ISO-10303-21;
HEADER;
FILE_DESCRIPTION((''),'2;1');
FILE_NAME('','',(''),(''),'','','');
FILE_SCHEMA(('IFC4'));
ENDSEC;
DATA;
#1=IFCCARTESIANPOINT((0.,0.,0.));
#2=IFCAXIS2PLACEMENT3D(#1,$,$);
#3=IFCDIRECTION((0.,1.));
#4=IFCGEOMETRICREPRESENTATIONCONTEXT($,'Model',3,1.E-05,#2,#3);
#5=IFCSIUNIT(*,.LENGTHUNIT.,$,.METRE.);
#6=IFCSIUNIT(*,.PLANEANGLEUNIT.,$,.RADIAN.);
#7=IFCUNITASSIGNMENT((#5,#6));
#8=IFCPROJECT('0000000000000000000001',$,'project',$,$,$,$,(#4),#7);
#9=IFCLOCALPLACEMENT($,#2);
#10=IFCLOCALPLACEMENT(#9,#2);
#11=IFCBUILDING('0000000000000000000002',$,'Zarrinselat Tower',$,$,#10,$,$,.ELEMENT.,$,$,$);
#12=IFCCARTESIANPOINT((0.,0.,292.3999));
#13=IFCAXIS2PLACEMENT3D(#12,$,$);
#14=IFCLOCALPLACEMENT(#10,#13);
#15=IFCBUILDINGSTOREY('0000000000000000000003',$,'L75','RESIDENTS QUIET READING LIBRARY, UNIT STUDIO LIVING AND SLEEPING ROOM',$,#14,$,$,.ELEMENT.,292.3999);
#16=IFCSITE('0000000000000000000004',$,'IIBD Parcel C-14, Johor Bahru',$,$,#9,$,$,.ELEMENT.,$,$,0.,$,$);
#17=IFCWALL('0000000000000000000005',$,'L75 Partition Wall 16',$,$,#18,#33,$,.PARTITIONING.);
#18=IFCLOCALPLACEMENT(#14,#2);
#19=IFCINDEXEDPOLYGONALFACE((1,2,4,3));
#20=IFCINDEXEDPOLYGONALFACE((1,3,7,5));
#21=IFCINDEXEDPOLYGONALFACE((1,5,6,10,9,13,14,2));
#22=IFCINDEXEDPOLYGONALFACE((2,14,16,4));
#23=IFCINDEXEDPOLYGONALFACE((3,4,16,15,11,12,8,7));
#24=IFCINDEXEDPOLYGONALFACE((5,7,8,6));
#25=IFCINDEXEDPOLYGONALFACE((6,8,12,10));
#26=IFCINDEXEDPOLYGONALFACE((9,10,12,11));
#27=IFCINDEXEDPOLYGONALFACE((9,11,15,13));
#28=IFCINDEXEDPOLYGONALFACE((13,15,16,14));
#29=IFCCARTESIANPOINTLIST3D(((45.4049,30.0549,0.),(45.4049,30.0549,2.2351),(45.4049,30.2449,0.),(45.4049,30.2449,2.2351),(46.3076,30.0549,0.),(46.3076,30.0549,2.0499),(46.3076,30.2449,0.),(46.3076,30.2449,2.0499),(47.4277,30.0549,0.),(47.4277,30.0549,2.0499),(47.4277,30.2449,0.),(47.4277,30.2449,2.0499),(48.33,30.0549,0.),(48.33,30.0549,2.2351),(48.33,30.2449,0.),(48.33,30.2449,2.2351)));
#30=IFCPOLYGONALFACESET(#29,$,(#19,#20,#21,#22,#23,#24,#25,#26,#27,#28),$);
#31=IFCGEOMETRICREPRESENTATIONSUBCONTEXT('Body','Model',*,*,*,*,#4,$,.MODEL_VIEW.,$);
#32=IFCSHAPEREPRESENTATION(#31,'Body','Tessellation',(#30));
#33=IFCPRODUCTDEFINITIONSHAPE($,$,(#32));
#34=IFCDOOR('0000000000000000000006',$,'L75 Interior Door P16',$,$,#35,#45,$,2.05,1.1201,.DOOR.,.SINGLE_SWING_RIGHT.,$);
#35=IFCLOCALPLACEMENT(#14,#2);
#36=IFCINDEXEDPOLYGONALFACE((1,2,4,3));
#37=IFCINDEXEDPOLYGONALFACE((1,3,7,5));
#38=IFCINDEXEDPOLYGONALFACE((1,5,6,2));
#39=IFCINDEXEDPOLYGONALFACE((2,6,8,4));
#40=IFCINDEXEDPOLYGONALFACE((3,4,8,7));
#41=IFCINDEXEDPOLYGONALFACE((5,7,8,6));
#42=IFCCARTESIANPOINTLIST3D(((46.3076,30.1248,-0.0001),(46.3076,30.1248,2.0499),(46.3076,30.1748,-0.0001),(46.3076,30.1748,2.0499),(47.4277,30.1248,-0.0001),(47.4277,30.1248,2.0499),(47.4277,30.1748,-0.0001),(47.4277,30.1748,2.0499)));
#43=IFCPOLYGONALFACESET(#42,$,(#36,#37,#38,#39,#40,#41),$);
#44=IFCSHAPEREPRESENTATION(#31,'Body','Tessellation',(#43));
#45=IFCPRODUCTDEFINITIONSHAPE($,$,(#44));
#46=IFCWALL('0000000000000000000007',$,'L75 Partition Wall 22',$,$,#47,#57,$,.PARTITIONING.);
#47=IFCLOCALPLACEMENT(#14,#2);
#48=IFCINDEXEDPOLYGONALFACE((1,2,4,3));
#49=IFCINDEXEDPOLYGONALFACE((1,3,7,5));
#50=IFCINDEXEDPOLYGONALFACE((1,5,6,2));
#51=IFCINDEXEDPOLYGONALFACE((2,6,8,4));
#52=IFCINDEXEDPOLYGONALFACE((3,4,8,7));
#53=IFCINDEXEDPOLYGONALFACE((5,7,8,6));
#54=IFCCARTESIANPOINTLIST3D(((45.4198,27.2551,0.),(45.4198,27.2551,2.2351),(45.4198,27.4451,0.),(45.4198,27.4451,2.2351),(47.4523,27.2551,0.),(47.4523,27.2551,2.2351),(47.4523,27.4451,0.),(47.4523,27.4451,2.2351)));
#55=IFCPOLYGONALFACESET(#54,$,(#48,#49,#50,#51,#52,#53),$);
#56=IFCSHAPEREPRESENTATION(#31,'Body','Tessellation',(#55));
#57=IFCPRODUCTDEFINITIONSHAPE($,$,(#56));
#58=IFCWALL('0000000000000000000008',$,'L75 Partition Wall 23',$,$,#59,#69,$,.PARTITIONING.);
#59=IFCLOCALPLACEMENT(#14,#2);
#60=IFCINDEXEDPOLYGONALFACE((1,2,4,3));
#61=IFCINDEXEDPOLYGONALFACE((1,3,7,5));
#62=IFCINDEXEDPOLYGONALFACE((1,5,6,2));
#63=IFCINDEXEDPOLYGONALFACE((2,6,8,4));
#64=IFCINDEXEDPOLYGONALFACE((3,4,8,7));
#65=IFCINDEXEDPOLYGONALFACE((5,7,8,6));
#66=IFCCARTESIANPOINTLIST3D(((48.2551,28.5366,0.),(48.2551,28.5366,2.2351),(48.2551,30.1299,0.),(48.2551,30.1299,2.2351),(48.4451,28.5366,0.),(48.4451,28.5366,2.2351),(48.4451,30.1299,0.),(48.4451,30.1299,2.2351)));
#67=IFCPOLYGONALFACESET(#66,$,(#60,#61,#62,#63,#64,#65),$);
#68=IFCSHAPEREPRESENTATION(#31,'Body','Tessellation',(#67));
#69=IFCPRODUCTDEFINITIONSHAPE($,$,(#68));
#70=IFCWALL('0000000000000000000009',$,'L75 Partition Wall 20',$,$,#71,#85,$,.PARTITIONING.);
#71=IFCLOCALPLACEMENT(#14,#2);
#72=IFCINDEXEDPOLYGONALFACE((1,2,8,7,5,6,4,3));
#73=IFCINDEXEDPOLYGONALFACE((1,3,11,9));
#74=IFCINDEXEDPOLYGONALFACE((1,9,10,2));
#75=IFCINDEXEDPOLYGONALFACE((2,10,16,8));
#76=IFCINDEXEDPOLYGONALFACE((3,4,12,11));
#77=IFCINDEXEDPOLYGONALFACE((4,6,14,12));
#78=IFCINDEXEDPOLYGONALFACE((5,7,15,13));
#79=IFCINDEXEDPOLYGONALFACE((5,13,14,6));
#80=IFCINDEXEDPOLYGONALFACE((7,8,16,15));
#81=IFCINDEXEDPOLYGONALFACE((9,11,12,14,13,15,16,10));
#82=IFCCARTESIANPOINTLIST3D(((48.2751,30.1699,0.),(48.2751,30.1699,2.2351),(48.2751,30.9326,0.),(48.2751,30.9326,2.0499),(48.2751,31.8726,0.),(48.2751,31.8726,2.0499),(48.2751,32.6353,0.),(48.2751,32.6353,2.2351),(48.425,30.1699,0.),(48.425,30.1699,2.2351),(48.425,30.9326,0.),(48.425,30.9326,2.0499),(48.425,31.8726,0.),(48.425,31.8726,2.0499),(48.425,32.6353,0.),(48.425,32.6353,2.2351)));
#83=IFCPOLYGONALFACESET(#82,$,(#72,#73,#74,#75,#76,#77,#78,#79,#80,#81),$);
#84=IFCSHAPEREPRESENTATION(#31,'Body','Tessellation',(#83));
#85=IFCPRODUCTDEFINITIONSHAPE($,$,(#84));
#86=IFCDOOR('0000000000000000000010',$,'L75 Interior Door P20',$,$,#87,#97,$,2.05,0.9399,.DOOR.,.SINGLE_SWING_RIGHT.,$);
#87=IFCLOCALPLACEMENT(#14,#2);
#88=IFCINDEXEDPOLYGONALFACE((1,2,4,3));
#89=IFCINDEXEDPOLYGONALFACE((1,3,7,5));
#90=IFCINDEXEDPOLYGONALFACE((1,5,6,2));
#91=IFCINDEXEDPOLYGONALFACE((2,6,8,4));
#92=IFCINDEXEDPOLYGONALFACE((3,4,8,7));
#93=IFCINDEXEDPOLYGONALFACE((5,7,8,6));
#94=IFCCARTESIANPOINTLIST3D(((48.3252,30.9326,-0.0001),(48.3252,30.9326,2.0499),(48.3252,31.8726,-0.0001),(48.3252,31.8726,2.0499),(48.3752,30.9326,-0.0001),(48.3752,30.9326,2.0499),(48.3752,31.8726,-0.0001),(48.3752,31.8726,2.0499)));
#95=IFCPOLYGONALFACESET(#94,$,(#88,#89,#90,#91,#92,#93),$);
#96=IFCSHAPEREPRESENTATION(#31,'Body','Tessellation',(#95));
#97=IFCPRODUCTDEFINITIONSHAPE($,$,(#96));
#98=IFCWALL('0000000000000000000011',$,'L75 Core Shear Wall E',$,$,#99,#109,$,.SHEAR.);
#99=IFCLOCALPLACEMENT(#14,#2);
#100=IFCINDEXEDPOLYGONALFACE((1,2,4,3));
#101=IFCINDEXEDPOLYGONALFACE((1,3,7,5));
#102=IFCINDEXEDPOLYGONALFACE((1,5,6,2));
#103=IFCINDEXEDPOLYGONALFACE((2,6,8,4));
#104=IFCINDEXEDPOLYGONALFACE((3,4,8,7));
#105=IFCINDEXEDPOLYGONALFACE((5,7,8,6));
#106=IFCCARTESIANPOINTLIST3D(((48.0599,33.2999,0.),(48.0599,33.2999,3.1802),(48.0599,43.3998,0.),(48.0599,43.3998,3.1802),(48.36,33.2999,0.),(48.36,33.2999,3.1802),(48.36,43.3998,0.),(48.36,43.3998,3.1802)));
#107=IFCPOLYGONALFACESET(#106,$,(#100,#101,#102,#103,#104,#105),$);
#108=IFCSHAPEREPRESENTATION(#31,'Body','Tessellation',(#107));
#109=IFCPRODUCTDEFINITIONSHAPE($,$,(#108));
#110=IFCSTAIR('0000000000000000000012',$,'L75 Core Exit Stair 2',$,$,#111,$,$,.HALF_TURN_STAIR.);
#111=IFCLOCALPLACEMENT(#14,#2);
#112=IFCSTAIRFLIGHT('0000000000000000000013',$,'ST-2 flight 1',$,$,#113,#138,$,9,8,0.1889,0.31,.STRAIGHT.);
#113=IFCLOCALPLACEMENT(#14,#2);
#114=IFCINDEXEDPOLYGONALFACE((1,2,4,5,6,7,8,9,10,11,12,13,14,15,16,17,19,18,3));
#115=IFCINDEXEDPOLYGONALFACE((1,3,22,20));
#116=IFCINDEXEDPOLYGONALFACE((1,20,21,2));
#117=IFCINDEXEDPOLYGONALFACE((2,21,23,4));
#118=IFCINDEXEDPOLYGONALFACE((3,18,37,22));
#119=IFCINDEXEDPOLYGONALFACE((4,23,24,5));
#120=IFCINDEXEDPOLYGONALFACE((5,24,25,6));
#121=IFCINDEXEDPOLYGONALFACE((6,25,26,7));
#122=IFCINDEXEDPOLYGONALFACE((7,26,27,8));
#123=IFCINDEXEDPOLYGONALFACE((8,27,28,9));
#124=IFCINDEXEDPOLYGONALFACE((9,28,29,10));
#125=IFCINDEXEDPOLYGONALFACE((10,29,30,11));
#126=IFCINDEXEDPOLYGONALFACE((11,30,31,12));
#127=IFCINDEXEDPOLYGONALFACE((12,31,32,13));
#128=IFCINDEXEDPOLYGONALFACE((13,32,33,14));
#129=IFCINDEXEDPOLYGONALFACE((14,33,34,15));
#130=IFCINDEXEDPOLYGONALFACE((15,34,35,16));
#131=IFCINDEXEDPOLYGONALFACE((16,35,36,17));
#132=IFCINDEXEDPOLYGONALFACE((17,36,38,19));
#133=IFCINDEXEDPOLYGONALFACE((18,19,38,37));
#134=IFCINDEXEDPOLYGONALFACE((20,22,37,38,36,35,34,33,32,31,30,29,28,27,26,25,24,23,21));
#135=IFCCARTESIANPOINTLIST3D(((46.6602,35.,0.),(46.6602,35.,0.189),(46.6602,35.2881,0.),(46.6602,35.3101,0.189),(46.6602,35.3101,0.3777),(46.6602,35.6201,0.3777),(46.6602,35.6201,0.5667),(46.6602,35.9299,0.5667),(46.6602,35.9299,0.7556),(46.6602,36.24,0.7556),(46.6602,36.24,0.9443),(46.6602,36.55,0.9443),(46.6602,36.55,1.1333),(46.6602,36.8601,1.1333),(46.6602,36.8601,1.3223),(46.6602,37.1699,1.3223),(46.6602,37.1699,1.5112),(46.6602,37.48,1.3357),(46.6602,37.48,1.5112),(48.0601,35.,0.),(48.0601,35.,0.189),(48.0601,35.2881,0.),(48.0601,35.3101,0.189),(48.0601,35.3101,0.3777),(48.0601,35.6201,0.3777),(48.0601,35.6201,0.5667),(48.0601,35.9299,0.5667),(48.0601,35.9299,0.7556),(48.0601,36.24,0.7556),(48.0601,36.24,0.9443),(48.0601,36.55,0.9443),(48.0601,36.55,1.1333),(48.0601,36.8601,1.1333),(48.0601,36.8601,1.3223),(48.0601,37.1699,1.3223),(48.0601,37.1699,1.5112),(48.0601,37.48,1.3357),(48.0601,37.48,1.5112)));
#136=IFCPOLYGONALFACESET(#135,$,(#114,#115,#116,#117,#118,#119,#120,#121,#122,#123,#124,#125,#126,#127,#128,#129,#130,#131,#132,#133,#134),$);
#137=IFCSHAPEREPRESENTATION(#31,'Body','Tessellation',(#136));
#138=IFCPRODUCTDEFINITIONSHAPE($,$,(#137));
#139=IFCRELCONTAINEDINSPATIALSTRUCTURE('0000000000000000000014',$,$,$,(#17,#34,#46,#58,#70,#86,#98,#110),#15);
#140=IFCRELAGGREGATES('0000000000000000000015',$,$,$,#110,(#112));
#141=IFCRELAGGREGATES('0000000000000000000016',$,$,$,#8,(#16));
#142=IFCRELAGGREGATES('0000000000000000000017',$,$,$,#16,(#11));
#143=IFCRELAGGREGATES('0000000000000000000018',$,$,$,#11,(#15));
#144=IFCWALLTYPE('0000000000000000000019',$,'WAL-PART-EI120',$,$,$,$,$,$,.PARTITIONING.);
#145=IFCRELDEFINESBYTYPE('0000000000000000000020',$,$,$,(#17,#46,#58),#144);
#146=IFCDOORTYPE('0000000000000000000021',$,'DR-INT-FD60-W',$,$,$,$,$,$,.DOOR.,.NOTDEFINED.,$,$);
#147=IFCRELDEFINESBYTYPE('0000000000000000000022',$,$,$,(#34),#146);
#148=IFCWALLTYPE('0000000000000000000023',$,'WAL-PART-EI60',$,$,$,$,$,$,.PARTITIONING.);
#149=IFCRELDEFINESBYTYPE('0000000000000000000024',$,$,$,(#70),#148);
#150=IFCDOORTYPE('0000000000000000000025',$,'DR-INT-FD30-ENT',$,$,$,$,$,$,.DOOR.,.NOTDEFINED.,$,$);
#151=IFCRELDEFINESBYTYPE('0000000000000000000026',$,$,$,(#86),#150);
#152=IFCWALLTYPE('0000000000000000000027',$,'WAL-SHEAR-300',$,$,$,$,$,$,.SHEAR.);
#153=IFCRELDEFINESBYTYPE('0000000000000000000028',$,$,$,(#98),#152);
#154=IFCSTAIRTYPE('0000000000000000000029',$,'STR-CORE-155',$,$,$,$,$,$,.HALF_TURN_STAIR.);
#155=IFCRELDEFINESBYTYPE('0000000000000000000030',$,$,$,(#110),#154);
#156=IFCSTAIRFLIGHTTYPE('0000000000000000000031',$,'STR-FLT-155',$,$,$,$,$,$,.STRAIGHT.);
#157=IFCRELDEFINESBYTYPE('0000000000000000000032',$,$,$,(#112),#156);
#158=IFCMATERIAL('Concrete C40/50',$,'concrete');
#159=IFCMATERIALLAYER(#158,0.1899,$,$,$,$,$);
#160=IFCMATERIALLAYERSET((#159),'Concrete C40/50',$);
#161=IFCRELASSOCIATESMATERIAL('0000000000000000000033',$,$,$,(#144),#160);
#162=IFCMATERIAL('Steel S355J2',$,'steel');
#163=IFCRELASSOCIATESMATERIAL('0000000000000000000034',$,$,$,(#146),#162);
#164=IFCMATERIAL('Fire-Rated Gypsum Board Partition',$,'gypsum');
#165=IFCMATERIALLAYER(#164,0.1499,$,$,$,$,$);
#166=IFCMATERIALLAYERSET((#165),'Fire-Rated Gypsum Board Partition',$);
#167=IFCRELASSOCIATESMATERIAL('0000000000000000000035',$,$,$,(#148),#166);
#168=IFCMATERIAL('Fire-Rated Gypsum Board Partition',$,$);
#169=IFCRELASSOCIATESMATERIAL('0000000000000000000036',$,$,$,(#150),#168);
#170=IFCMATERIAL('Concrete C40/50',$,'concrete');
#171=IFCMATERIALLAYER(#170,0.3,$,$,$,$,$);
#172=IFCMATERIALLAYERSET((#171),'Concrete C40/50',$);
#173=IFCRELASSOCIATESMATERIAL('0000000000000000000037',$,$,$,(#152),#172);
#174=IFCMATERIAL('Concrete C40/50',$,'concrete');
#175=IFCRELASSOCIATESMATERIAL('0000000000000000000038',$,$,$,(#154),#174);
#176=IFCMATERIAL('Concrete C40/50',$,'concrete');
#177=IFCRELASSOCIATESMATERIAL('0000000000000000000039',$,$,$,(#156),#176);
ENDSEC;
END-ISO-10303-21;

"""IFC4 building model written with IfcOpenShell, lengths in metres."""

from ifc_helpers import new_model, si_unit, direction, frame, frame_2d, origin, place, context, subcontext, project, spatial, polyline, rectangle, outline, extrude, material, layer, layer_set, type_object, element, fill, aggregate, save


model = new_model("IFC4")

# Units and contexts
model_context = context("Model", 3, precision=1e-05, world=origin(), true_north=direction((0.0, 1.0)))
body_context = subcontext(model_context, "Body", "Model", "MODEL_VIEW")
ifc_project = project(units=[si_unit("LENGTHUNIT", "METRE"), si_unit("PLANEANGLEUNIT", "RADIAN")], contexts=[model_context])

# Site, building, storey
site_placement = place(None, origin())
site = spatial("IfcSite", under=ifc_project, at=site_placement, Name="IIBD Parcel C-14, Johor Bahru", CompositionType="ELEMENT", RefElevation=0.0)
building_placement = place(site_placement, origin())
building = spatial("IfcBuilding", under=site, at=building_placement, Name="Zarrinselat Tower", CompositionType="ELEMENT")
storey_placement = place(building_placement, frame((0.0, 0.0, 292.3999)))
storey = spatial("IfcBuildingStorey", under=building, at=storey_placement, Name="L75", Description="RESIDENTS QUIET READING LIBRARY, UNIT STUDIO LIVING AND SLEEPING ROOM", CompositionType="ELEMENT", Elevation=292.3999)

# Wall, opening, door
ifc_material_1 = material(Name="Concrete C40/50", Category="concrete")
ifc_layer_1 = layer(ifc_material_1, 0.1899)
ifc_layer_set_1 = layer_set([ifc_layer_1], Name="Concrete C40/50")
wall_type_1 = type_object("IfcWallType", Name="WAL-PART-EI120", PredefinedType="PARTITIONING", material=ifc_layer_set_1)
wall_1_placement = place(storey_placement, frame((45.405, 30.1499, 0.0), z_axis=(0.0, 0.0, 1.0), x_axis=(1.0, 0.0, 0.0)))
wall_1 = element("IfcWall", 1, at=wall_1_placement, inside=storey, type_object=wall_type_1, Name="L75 Partition Wall 16", PredefinedType="PARTITIONING", context=body_context, shape_type="SweptSolid", body=[
    extrude(rectangle(XDim=2.925, YDim=0.1899, at=frame_2d((1.4624, 0.0))), origin(), (0.0, 0.0, 1.0), 2.2351),
])
opening_1_placement = place(wall_1_placement, frame((0.9026, 0.0, 0.0)))
opening_1 = element("IfcOpeningElement", 2, at=opening_1_placement, cuts=wall_1, PredefinedType="OPENING", context=body_context, shape_type="SweptSolid", body=[
    extrude(rectangle(XDim=1.1201, YDim=2.05, at=frame_2d((0.5601, 1.0249))), frame((0.0, 0.105, 0.0), z_axis=(0.0, -1.0, 0.0), x_axis=(1.0, 0.0, 0.0)), (0.0, 0.0, 1.0), 0.21),
])
ifc_material_2 = material(Name="Steel S355J2", Category="steel")
door_type_1 = type_object("IfcDoorType", Name="DR-INT-FD60-W", OperationType="NOTDEFINED", PredefinedType="DOOR", material=ifc_material_2)
door_1_placement = place(opening_1_placement, origin())
door_1 = element("IfcDoor", 3, at=door_1_placement, inside=storey, type_object=door_type_1, Name="L75 Interior Door P16", OperationType="SINGLE_SWING_RIGHT", OverallHeight=2.05, OverallWidth=1.1201, PredefinedType="DOOR", context=body_context, shape_type="SweptSolid", body=[
    extrude(rectangle(XDim=1.1201, YDim=2.05, at=frame_2d((0.5601, 1.0249))), frame((0.0, 0.0249, 0.0), z_axis=(0.0, -1.0, 0.0), x_axis=(1.0, 0.0, 0.0)), (0.0, 0.0, 1.0), 0.05),
])
fill(opening_1, door_1)

# Walls
wall_2_placement = place(storey_placement, frame((45.4199, 27.3501, 0.0), z_axis=(0.0, 0.0, 1.0), x_axis=(1.0, 0.0, 0.0)))
element("IfcWall", 4, at=wall_2_placement, inside=storey, type_object=wall_type_1, Name="L75 Partition Wall 22", PredefinedType="PARTITIONING", context=body_context, shape_type="SweptSolid", body=[
    extrude(rectangle(XDim=2.0325, YDim=0.1899, at=frame_2d((1.0161, 0.0))), origin(), (0.0, 0.0, 1.0), 2.2351),
])
wall_3_placement = place(storey_placement, frame((48.3501, 28.5366, 0.0), z_axis=(0.0, 0.0, 1.0), x_axis=(0.0, 1.0, 0.0)))
element("IfcWall", 5, at=wall_3_placement, inside=storey, type_object=wall_type_1, Name="L75 Partition Wall 23", PredefinedType="PARTITIONING", context=body_context, shape_type="SweptSolid", body=[
    extrude(rectangle(XDim=1.5933, YDim=0.1899, at=frame_2d((0.7966, 0.0))), origin(), (0.0, 0.0, 1.0), 2.2351),
])

# Wall, opening, door
ifc_material_3 = material(Name="Fire-Rated Gypsum Board Partition", Category="gypsum")
ifc_layer_2 = layer(ifc_material_3, 0.1499)
ifc_layer_set_2 = layer_set([ifc_layer_2], Name="Fire-Rated Gypsum Board Partition")
wall_type_2 = type_object("IfcWallType", Name="WAL-PART-EI60", PredefinedType="PARTITIONING", material=ifc_layer_set_2)
wall_4_placement = place(storey_placement, frame((48.3501, 30.1699, 0.0), z_axis=(0.0, 0.0, 1.0), x_axis=(0.0, 1.0, 0.0)))
wall_4 = element("IfcWall", 6, at=wall_4_placement, inside=storey, type_object=wall_type_2, Name="L75 Partition Wall 20", PredefinedType="PARTITIONING", context=body_context, shape_type="SweptSolid", body=[
    extrude(rectangle(XDim=2.4653, YDim=0.1499, at=frame_2d((1.2327, 0.0))), origin(), (0.0, 0.0, 1.0), 2.2351),
])
opening_2_placement = place(wall_4_placement, frame((0.7627, 0.0, 0.0)))
opening_2 = element("IfcOpeningElement", 7, at=opening_2_placement, cuts=wall_4, PredefinedType="OPENING", context=body_context, shape_type="SweptSolid", body=[
    extrude(rectangle(XDim=0.9399, YDim=2.05, at=frame_2d((0.47, 1.0249))), frame((0.0, 0.085, 0.0), z_axis=(0.0, -1.0, 0.0), x_axis=(1.0, 0.0, 0.0)), (0.0, 0.0, 1.0), 0.1699),
])
ifc_material_4 = material(Name="Fire-Rated Gypsum Board Partition")
door_type_2 = type_object("IfcDoorType", Name="DR-INT-FD30-ENT", OperationType="NOTDEFINED", PredefinedType="DOOR", material=ifc_material_4)
door_2_placement = place(opening_2_placement, origin())
door_2 = element("IfcDoor", 8, at=door_2_placement, inside=storey, type_object=door_type_2, Name="L75 Interior Door P20", OperationType="SINGLE_SWING_RIGHT", OverallHeight=2.05, OverallWidth=0.9399, PredefinedType="DOOR", context=body_context, shape_type="SweptSolid", body=[
    extrude(rectangle(XDim=0.9399, YDim=2.05, at=frame_2d((0.47, 1.0249))), frame((0.0, 0.0249, 0.0), z_axis=(0.0, -1.0, 0.0), x_axis=(1.0, 0.0, 0.0)), (0.0, 0.0, 1.0), 0.05),
])
fill(opening_2, door_2)

# Wall
ifc_material_5 = material(Name="Concrete C40/50", Category="concrete")
ifc_layer_3 = layer(ifc_material_5, 0.3)
ifc_layer_set_3 = layer_set([ifc_layer_3], Name="Concrete C40/50")
wall_type_3 = type_object("IfcWallType", Name="WAL-SHEAR-300", PredefinedType="SHEAR", material=ifc_layer_set_3)
wall_5_placement = place(storey_placement, frame((48.21, 33.3, 0.0), z_axis=(0.0, 0.0, 1.0), x_axis=(0.0, 1.0, 0.0)))
element("IfcWall", 9, at=wall_5_placement, inside=storey, type_object=wall_type_3, Name="L75 Core Shear Wall E", PredefinedType="SHEAR", context=body_context, shape_type="SweptSolid", body=[
    extrude(rectangle(XDim=10.0999, YDim=0.3, at=frame_2d((5.0498, 0.0))), origin(), (0.0, 0.0, 1.0), 3.1802),
])

# Stair, stair flight
ifc_material_6 = material(Name="Concrete C40/50", Category="concrete")
stair_type = type_object("IfcStairType", Name="STR-CORE-155", PredefinedType="HALF_TURN_STAIR", material=ifc_material_6)
stair_placement = place(storey_placement, origin())
stair = element("IfcStair", 10, at=stair_placement, inside=storey, type_object=stair_type, Name="L75 Core Exit Stair 2", PredefinedType="HALF_TURN_STAIR")
ifc_material_7 = material(Name="Concrete C40/50", Category="concrete")
stair_flight_type = type_object("IfcStairFlightType", Name="STR-FLT-155", PredefinedType="STRAIGHT", material=ifc_material_7)
stair_flight_placement = place(storey_placement, frame((47.3601, 35.0, 0.0), z_axis=(0.0, 0.0, 1.0), x_axis=(0.0, 1.0, 0.0)))
stair_flight = element("IfcStairFlight", 11, at=stair_flight_placement, type_object=stair_flight_type, Name="ST-2 flight 1", NumberOfRisers=9, NumberOfTreads=8, PredefinedType="STRAIGHT", RiserHeight=0.1889, TreadLength=0.31, context=body_context, shape_type="SweptSolid", body=[
    extrude(outline(polyline([(0.0, 0.0), (0.0, 0.189), (0.3101, 0.189), (0.3101, 0.3777), (0.6201, 0.3777), (0.6201, 0.5667), (0.9299, 0.5667), (0.9299, 0.7556), (1.24, 0.7556), (1.24, 0.9443), (1.55, 0.9443), (1.55, 1.1333), (1.8601, 1.1333), (1.8601, 1.3223), (2.1699, 1.3223), (2.1699, 1.5112), (2.48, 1.5112), (2.48, 1.7), (2.48, 1.3357), (0.2881, 0.0), (0.0, 0.0)])), frame((0.0, 0.7, 0.0), z_axis=(0.0, -1.0, 0.0), x_axis=(1.0, 0.0, 0.0)), (0.0, 0.0, 1.0), 1.3999),
])
aggregate(stair, [stair_flight])

save(model, "model.ifc")
